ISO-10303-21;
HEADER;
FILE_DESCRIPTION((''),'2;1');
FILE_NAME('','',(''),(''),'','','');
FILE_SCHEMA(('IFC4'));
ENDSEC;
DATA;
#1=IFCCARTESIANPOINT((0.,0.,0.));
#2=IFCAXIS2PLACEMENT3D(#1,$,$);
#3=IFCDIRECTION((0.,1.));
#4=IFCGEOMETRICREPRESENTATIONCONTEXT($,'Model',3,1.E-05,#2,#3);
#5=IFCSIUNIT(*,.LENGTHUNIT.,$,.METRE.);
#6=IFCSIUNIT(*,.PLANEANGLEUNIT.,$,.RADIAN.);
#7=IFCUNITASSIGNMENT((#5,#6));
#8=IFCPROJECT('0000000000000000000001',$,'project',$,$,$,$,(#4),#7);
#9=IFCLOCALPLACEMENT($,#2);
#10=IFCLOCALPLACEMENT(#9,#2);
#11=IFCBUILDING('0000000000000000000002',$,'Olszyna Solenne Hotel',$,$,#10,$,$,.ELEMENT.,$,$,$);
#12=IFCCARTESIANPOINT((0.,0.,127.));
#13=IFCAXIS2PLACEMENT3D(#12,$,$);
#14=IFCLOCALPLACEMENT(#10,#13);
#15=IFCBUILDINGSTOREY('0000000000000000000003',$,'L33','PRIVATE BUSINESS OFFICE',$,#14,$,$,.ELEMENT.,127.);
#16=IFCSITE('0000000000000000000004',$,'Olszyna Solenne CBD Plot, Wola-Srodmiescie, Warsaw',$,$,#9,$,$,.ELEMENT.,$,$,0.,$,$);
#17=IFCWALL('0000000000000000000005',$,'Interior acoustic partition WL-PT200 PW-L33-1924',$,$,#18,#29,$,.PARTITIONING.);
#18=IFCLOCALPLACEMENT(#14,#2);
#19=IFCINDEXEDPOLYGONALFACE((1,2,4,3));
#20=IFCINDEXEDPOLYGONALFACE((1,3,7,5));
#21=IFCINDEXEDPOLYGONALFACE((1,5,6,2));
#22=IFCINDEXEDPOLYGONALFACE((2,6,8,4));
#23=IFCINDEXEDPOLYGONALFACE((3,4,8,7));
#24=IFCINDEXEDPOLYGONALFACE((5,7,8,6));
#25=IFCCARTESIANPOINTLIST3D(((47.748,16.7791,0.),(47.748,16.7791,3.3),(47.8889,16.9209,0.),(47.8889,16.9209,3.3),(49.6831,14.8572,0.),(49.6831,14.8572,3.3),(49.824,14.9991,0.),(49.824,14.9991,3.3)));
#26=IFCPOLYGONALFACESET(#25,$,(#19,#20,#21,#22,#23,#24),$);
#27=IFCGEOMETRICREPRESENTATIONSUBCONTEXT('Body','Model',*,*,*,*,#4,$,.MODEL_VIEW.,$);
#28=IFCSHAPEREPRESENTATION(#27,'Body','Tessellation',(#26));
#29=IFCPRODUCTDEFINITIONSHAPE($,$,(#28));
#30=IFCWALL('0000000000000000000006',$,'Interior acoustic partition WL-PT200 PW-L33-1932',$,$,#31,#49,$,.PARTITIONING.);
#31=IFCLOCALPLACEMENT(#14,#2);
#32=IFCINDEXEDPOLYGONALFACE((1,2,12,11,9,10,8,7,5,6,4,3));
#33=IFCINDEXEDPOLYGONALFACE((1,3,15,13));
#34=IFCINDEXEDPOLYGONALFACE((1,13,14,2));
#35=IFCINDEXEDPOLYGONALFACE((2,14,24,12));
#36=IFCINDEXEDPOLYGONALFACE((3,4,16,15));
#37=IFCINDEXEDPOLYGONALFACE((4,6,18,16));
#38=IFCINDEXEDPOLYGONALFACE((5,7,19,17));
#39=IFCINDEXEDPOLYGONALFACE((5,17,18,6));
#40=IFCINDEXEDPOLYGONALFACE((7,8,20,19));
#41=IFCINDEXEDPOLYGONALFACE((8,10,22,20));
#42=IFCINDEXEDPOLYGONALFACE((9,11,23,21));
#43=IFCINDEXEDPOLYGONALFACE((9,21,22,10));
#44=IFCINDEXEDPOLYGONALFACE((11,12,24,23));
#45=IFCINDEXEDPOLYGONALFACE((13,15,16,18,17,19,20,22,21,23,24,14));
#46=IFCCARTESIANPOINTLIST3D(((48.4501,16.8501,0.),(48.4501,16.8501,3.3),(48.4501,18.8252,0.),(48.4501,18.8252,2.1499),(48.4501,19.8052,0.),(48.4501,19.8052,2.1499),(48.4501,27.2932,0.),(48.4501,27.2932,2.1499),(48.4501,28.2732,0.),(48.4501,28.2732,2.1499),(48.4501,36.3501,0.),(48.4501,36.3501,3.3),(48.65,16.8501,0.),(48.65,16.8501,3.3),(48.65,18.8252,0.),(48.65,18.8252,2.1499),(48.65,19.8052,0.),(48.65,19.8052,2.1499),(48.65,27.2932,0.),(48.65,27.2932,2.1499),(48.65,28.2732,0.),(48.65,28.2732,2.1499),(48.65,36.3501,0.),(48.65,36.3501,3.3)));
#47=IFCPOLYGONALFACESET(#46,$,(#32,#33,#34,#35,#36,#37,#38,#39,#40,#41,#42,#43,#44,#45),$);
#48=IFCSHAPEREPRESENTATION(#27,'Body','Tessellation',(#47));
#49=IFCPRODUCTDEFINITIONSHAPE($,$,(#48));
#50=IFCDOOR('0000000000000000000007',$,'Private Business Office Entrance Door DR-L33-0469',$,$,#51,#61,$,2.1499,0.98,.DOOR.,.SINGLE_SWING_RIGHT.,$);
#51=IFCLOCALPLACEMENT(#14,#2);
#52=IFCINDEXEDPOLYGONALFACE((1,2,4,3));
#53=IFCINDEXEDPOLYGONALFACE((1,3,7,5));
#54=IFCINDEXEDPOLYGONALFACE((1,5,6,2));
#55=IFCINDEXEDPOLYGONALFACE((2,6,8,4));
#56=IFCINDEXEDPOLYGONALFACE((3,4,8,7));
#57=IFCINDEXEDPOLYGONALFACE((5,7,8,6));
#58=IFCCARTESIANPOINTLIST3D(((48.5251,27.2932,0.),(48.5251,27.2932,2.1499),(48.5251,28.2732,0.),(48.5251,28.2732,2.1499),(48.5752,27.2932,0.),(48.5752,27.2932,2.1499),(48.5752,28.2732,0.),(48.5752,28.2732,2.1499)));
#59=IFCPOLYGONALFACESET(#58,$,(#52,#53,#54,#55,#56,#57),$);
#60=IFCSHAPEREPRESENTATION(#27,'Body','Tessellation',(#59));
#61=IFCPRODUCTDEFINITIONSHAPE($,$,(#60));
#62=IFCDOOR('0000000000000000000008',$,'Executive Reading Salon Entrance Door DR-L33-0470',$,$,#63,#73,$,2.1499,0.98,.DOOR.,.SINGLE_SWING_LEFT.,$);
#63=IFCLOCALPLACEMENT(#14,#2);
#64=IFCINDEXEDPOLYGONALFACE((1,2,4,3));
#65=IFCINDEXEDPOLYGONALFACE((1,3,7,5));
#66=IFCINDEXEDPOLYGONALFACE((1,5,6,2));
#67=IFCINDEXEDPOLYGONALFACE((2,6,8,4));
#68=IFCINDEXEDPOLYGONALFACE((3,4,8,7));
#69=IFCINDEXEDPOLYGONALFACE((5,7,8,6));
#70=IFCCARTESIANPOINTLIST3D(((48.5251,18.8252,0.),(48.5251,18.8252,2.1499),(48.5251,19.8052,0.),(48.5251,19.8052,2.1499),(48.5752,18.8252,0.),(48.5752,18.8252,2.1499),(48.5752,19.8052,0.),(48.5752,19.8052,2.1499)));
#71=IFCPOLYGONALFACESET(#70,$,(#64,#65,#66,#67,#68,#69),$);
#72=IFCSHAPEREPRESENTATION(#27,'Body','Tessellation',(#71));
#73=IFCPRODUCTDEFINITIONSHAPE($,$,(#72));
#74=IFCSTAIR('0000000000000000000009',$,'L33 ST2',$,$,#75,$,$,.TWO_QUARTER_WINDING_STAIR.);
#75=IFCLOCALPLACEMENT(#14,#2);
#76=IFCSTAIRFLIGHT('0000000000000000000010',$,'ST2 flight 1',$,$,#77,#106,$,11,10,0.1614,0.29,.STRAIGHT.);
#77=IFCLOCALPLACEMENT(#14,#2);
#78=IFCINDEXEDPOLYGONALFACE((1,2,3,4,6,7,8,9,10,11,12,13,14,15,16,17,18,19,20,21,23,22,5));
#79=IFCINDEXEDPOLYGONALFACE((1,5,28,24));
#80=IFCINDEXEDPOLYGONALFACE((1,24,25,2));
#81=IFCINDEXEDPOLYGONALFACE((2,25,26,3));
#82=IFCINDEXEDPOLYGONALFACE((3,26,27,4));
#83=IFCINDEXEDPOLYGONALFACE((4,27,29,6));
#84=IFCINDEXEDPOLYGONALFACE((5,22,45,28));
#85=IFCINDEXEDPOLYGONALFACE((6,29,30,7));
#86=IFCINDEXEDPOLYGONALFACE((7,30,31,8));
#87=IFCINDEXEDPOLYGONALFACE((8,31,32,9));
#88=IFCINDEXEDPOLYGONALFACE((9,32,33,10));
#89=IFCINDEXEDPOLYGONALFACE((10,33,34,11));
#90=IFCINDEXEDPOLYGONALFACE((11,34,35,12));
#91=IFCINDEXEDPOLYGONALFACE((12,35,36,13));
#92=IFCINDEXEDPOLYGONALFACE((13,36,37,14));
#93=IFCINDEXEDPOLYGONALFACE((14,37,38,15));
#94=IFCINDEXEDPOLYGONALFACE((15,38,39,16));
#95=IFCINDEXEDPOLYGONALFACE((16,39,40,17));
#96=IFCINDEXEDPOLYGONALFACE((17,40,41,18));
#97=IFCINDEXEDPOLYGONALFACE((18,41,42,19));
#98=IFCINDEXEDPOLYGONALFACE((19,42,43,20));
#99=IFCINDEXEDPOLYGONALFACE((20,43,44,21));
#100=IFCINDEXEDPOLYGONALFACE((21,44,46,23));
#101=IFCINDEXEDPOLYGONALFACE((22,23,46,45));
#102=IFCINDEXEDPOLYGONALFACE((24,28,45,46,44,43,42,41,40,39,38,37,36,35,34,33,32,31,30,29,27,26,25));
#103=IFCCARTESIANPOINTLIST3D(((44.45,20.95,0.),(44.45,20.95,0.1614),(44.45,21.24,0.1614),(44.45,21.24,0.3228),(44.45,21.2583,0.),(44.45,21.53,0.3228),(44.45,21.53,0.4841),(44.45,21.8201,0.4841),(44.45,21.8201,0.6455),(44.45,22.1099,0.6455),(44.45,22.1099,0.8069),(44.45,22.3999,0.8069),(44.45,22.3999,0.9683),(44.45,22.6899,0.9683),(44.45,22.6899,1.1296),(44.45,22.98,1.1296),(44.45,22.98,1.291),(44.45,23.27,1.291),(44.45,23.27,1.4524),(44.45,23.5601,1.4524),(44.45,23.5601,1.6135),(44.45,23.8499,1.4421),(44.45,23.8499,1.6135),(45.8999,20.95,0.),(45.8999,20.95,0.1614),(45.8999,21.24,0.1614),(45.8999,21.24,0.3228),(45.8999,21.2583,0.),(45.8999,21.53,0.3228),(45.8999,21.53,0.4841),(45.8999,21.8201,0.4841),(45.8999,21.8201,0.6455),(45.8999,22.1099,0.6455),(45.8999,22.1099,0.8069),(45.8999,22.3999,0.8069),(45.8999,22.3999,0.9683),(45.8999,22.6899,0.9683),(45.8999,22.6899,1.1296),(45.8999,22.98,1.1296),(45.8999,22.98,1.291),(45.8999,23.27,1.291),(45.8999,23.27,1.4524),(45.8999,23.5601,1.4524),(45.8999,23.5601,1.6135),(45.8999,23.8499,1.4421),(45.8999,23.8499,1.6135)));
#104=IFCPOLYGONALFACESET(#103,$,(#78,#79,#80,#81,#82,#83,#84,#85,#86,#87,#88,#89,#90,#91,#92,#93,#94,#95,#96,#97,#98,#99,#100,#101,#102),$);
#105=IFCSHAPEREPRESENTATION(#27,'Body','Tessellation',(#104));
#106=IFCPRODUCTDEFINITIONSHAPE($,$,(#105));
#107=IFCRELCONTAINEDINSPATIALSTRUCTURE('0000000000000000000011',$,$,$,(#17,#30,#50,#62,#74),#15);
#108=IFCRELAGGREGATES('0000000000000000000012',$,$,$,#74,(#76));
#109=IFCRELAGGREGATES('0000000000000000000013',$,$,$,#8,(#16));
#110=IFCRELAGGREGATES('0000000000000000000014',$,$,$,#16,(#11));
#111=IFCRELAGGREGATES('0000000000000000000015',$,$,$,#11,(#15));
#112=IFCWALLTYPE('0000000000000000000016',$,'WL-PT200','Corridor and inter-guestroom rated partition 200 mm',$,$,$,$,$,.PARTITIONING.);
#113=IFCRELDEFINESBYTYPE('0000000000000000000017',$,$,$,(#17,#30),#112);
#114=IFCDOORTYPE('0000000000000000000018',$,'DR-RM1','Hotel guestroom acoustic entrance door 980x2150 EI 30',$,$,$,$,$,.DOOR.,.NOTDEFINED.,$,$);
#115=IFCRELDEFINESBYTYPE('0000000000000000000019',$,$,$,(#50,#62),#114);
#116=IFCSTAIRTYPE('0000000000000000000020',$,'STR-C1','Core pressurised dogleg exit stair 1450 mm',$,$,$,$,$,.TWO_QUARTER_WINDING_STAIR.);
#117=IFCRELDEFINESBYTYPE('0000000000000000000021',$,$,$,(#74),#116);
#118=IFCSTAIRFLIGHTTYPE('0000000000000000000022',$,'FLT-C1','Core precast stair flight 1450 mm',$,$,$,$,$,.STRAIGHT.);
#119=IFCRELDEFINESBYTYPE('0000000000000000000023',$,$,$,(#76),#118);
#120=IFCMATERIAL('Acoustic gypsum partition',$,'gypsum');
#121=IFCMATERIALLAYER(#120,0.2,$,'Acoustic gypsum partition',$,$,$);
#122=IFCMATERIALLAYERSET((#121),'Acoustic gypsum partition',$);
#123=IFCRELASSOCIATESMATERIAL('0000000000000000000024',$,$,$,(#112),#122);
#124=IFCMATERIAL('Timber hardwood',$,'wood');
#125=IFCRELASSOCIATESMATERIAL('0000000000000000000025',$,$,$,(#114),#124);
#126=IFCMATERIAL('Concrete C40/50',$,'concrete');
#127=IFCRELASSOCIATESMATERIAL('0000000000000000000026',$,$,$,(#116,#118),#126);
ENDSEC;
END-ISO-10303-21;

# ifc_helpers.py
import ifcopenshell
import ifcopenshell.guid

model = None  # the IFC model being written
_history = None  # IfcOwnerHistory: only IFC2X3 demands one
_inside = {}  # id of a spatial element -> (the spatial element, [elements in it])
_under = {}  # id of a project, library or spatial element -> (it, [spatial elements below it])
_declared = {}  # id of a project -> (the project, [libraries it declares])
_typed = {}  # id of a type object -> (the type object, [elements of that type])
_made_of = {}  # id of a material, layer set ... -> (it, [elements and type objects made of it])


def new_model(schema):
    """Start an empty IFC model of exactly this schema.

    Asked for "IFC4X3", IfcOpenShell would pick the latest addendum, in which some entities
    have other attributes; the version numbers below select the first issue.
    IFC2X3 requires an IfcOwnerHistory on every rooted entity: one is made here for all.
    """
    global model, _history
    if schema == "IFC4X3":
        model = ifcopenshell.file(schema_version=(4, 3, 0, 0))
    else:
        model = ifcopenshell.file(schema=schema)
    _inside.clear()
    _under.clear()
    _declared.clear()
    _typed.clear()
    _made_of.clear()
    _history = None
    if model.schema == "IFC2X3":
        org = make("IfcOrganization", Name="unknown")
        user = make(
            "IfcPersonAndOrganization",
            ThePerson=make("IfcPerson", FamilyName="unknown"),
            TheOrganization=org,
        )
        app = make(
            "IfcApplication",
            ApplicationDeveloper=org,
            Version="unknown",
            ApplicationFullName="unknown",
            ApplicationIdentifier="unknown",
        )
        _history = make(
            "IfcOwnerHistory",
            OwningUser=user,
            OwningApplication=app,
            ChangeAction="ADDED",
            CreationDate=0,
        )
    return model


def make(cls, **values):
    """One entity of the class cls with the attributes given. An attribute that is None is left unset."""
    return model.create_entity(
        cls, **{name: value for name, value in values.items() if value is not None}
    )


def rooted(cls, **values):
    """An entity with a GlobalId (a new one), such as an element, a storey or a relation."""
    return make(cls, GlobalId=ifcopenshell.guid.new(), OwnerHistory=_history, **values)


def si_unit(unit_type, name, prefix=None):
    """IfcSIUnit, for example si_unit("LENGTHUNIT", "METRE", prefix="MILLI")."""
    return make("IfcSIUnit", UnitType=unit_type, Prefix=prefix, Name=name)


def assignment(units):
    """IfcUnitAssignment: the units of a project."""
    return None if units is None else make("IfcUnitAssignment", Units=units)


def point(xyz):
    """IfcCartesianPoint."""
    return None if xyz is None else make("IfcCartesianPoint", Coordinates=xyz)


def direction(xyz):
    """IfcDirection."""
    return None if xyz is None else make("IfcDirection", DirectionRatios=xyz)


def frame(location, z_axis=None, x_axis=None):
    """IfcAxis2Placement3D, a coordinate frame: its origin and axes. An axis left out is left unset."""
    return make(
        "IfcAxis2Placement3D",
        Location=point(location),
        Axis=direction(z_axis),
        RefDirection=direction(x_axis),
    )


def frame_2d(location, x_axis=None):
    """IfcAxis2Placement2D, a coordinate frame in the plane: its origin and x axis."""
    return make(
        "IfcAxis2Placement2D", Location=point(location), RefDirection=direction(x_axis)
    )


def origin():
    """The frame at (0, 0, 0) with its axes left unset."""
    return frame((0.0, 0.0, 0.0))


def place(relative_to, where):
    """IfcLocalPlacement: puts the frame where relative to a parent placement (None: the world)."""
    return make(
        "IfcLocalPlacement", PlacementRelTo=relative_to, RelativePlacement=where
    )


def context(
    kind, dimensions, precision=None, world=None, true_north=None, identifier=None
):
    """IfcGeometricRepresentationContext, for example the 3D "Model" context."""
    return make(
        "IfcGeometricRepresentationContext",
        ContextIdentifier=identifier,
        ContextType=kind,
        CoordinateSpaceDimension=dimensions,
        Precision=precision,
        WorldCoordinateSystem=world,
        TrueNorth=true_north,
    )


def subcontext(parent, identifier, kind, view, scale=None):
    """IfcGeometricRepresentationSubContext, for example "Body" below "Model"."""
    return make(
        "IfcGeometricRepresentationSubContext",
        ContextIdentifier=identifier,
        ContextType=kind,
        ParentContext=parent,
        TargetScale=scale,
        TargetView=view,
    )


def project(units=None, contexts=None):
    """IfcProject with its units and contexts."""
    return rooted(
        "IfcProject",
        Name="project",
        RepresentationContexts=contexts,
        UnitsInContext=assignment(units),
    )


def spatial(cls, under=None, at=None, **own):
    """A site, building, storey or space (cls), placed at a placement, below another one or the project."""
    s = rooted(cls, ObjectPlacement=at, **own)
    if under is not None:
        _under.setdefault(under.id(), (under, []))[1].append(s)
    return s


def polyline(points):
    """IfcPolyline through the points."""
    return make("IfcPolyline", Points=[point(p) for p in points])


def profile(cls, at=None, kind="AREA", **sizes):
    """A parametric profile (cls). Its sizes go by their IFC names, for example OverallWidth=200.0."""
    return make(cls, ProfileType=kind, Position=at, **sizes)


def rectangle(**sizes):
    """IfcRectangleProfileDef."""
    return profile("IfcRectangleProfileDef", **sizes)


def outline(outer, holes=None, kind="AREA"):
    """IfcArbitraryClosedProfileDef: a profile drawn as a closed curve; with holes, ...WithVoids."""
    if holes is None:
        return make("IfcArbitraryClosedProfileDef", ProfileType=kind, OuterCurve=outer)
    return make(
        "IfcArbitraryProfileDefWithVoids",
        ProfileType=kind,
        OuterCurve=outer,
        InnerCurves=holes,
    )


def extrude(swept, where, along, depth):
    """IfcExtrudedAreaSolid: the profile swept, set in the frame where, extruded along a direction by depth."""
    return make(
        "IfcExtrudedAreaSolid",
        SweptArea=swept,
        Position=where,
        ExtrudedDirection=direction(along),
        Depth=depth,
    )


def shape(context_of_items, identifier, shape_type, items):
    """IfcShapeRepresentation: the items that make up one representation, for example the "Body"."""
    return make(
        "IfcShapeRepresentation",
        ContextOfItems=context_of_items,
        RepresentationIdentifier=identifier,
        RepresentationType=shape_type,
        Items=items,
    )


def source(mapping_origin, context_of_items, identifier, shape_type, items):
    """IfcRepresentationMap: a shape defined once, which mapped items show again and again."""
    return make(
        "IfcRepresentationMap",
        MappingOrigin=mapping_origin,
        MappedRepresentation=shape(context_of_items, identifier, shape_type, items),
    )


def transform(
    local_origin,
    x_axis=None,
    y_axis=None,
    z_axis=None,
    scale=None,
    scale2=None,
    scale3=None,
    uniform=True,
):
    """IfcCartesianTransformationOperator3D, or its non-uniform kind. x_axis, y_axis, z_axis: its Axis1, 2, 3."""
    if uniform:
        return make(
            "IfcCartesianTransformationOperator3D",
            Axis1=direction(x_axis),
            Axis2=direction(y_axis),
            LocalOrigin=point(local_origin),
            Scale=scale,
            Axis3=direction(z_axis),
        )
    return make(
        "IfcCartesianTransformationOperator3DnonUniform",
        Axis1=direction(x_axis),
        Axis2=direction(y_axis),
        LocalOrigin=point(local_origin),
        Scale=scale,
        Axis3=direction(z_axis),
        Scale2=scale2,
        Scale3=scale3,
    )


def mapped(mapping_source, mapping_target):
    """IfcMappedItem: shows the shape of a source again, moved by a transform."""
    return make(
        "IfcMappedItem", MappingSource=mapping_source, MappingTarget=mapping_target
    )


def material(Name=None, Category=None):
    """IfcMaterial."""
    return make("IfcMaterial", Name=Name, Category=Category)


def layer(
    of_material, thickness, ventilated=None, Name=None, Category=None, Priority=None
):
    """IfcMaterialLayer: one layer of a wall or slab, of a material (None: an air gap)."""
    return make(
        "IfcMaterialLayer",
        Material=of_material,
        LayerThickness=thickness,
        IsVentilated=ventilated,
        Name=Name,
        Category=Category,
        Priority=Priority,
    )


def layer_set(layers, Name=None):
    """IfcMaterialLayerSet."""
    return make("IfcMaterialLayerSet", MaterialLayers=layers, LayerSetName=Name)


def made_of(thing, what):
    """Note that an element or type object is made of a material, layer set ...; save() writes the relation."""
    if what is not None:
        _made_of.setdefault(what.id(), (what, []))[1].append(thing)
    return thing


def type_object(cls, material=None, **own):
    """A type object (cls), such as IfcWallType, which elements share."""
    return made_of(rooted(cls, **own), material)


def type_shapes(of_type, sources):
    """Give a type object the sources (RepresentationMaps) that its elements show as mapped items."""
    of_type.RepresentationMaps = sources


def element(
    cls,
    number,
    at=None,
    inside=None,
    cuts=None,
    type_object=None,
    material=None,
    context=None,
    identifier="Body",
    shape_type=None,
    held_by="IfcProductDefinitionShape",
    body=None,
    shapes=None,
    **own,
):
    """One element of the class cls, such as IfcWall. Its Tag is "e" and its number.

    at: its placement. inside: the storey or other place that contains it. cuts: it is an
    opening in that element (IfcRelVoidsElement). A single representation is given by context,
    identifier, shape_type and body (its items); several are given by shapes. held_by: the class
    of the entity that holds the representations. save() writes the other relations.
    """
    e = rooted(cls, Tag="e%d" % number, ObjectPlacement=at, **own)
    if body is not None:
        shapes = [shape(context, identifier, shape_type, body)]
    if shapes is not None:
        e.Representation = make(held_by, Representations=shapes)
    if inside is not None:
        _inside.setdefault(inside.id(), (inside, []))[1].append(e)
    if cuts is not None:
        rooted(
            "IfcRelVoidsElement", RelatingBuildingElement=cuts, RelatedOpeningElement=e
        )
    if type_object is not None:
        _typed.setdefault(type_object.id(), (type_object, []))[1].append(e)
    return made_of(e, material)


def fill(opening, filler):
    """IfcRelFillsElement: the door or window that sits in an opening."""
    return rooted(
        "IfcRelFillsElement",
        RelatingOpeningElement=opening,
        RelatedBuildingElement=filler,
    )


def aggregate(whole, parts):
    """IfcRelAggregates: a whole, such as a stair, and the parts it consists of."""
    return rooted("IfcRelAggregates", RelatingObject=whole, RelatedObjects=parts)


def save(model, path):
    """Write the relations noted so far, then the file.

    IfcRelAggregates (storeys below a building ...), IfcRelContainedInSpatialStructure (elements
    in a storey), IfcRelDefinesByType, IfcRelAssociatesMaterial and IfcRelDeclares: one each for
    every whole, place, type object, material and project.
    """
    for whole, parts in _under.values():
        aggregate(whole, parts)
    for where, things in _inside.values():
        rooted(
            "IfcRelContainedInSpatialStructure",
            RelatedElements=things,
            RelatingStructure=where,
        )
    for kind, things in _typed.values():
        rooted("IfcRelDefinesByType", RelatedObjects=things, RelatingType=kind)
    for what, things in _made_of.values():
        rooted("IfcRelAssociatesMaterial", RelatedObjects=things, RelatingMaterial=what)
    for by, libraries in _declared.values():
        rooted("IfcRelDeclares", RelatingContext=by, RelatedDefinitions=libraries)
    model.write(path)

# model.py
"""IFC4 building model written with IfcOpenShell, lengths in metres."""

from ifc_helpers import new_model, si_unit, direction, frame, frame_2d, origin, place, context, subcontext, project, spatial, polyline, rectangle, outline, extrude, source, transform, mapped, material, layer, layer_set, type_object, type_shapes, element, fill, aggregate, save


model = new_model("IFC4")

# Units and contexts
model_context = context("Model", 3, precision=1e-05, world=origin(), true_north=direction((0.0, 1.0)))
body_context = subcontext(model_context, "Body", "Model", "MODEL_VIEW")
ifc_project = project(units=[si_unit("LENGTHUNIT", "METRE"), si_unit("PLANEANGLEUNIT", "RADIAN")], contexts=[model_context])

# Site, building, storey
site_placement = place(None, origin())
site = spatial("IfcSite", under=ifc_project, at=site_placement, Name="Olszyna Solenne CBD Plot, Wola-Srodmiescie, Warsaw", CompositionType="ELEMENT", RefElevation=0.0)
building_placement = place(site_placement, origin())
building = spatial("IfcBuilding", under=site, at=building_placement, Name="Olszyna Solenne Hotel", CompositionType="ELEMENT")
storey_placement = place(building_placement, frame((0.0, 0.0, 127.0)))
storey = spatial("IfcBuildingStorey", under=building, at=storey_placement, Name="L33", Description="PRIVATE BUSINESS OFFICE", CompositionType="ELEMENT", Elevation=127.0)

# Shared definitions
ifc_material_1 = material(Name="Acoustic gypsum partition", Category="gypsum")

# Wall
ifc_layer_1 = layer(ifc_material_1, 0.2, Name="Acoustic gypsum partition")
ifc_layer_set_1 = layer_set([ifc_layer_1], Name="Acoustic gypsum partition")
wall_type_1 = type_object("IfcWallType", Name="WL-PT200", Description="Corridor and inter-guestroom rated partition 200 mm", PredefinedType="PARTITIONING", material=ifc_layer_set_1)
wall_1_placement = place(storey_placement, frame((47.8184, 16.8501, 0.0), z_axis=(0.0, 0.0, 1.0), x_axis=(0.70952, -0.704686, 0.0)))
element("IfcWall", 1, at=wall_1_placement, inside=storey, type_object=wall_type_1, Name="Interior acoustic partition WL-PT200 PW-L33-1924", PredefinedType="PARTITIONING", context=body_context, shape_type="SweptSolid", body=[
    extrude(rectangle(XDim=2.7273, YDim=0.2, at=frame_2d((1.3638, 0.0))), origin(), (0.0, 0.0, 1.0), 3.3),
])

# Wall, openings, doors
wall_2_placement = place(storey_placement, frame((48.55, 16.8501, 0.0), z_axis=(0.0, 0.0, 1.0), x_axis=(0.0, 1.0, 0.0)))
wall_2 = element("IfcWall", 2, at=wall_2_placement, inside=storey, type_object=wall_type_1, Name="Interior acoustic partition WL-PT200 PW-L33-1932", PredefinedType="PARTITIONING", context=body_context, shape_type="SweptSolid", body=[
    extrude(rectangle(XDim=19.5, YDim=0.2, at=frame_2d((9.75, 0.0))), origin(), (0.0, 0.0, 1.0), 3.3),
])
opening_1_placement = place(wall_2_placement, frame((10.4431, 0.0, 0.0)))
opening_1 = element("IfcOpeningElement", 3, at=opening_1_placement, cuts=wall_2, PredefinedType="OPENING", context=body_context, shape_type="SweptSolid", body=[
    extrude(rectangle(XDim=0.98, YDim=2.1499, at=frame_2d((0.49, 1.075))), frame((0.0, 0.1099, 0.0), z_axis=(0.0, -1.0, 0.0), x_axis=(1.0, 0.0, 0.0)), (0.0, 0.0, 1.0), 0.22),
])
opening_2_placement = place(wall_2_placement, frame((1.9751, 0.0, 0.0)))
opening_2 = element("IfcOpeningElement", 4, at=opening_2_placement, cuts=wall_2, PredefinedType="OPENING", context=body_context, shape_type="SweptSolid", body=[
    extrude(rectangle(XDim=0.98, YDim=2.1499, at=frame_2d((0.49, 1.075))), frame((0.0, 0.1099, 0.0), z_axis=(0.0, -1.0, 0.0), x_axis=(1.0, 0.0, 0.0)), (0.0, 0.0, 1.0), 0.22),
])
ifc_material_2 = material(Name="Timber hardwood", Category="wood")
door_type_1 = type_object("IfcDoorType", Name="DR-RM1", Description="Hotel guestroom acoustic entrance door 980x2150 EI 30", OperationType="NOTDEFINED", PredefinedType="DOOR", material=ifc_material_2)
shared_shape_1 = source(origin(), body_context, "Body", "SweptSolid", [
    extrude(rectangle(XDim=0.98, YDim=2.1499, at=frame_2d((0.49, 1.075))), frame((0.0, 0.0249, 0.0), z_axis=(0.0, -1.0, 0.0), x_axis=(1.0, 0.0, 0.0)), (0.0, 0.0, 1.0), 0.05),
])
type_shapes(door_type_1, [shared_shape_1])
door_1_placement = place(opening_1_placement, origin())
door_1 = element("IfcDoor", 5, at=door_1_placement, inside=storey, type_object=door_type_1, Name="Private Business Office Entrance Door DR-L33-0469", OperationType="SINGLE_SWING_RIGHT", OverallHeight=2.1499, OverallWidth=0.98, PredefinedType="DOOR", context=body_context, shape_type="MappedRepresentation", body=[
    mapped(shared_shape_1, transform((0.0, 0.0, 0.0), x_axis=(1.0, 0.0, 0.0), y_axis=(0.0, 1.0, 0.0), z_axis=(0.0, 0.0, 1.0), scale=1.0)),
])
fill(opening_1, door_1)
door_2_placement = place(opening_2_placement, origin())
door_2 = element("IfcDoor", 6, at=door_2_placement, inside=storey, type_object=door_type_1, Name="Executive Reading Salon Entrance Door DR-L33-0470", OperationType="SINGLE_SWING_LEFT", OverallHeight=2.1499, OverallWidth=0.98, PredefinedType="DOOR", context=body_context, shape_type="MappedRepresentation", body=[
    mapped(shared_shape_1, transform((0.0, 0.0, 0.0), x_axis=(1.0, 0.0, 0.0), y_axis=(0.0, 1.0, 0.0), z_axis=(0.0, 0.0, 1.0), scale=1.0)),
])
fill(opening_2, door_2)

# Stair, stair flight
ifc_material_3 = material(Name="Concrete C40/50", Category="concrete")
stair_type = type_object("IfcStairType", Name="STR-C1", Description="Core pressurised dogleg exit stair 1450 mm", PredefinedType="TWO_QUARTER_WINDING_STAIR", material=ifc_material_3)
stair_placement = place(storey_placement, origin())
stair = element("IfcStair", 7, at=stair_placement, inside=storey, type_object=stair_type, Name="L33 ST2", PredefinedType="TWO_QUARTER_WINDING_STAIR")
stair_flight_type = type_object("IfcStairFlightType", Name="FLT-C1", Description="Core precast stair flight 1450 mm", PredefinedType="STRAIGHT", material=ifc_material_3)
stair_flight_placement = place(storey_placement, frame((45.175, 20.95, 0.0), z_axis=(0.0, 0.0, 1.0), x_axis=(0.0, 1.0, 0.0)))
stair_flight = element("IfcStairFlight", 8, at=stair_flight_placement, type_object=stair_flight_type, Name="ST2 flight 1", NumberOfRisers=11, NumberOfTreads=10, PredefinedType="STRAIGHT", RiserHeight=0.1614, TreadLength=0.29, context=body_context, shape_type="SweptSolid", body=[
    extrude(outline(polyline([(0.0, 0.0), (0.0, 0.1614), (0.29, 0.1614), (0.29, 0.3228), (0.5801, 0.3228), (0.5801, 0.4841), (0.8701, 0.4841), (0.8701, 0.6455), (1.1599, 0.6455), (1.1599, 0.8069), (1.45, 0.8069), (1.45, 0.9683), (1.74, 0.9683), (1.74, 1.1296), (2.03, 1.1296), (2.03, 1.291), (2.3201, 1.291), (2.3201, 1.4524), (2.6101, 1.4524), (2.6101, 1.6135), (2.8999, 1.6135), (2.8999, 1.7749), (2.8999, 1.4421), (0.3083, 0.0), (0.0, 0.0)])), frame((0.0, 0.7251, 0.0), z_axis=(0.0, -1.0, 0.0), x_axis=(1.0, 0.0, 0.0)), (0.0, 0.0, 1.0), 1.45),
])
aggregate(stair, [stair_flight])

save(model, "model.ifc")
